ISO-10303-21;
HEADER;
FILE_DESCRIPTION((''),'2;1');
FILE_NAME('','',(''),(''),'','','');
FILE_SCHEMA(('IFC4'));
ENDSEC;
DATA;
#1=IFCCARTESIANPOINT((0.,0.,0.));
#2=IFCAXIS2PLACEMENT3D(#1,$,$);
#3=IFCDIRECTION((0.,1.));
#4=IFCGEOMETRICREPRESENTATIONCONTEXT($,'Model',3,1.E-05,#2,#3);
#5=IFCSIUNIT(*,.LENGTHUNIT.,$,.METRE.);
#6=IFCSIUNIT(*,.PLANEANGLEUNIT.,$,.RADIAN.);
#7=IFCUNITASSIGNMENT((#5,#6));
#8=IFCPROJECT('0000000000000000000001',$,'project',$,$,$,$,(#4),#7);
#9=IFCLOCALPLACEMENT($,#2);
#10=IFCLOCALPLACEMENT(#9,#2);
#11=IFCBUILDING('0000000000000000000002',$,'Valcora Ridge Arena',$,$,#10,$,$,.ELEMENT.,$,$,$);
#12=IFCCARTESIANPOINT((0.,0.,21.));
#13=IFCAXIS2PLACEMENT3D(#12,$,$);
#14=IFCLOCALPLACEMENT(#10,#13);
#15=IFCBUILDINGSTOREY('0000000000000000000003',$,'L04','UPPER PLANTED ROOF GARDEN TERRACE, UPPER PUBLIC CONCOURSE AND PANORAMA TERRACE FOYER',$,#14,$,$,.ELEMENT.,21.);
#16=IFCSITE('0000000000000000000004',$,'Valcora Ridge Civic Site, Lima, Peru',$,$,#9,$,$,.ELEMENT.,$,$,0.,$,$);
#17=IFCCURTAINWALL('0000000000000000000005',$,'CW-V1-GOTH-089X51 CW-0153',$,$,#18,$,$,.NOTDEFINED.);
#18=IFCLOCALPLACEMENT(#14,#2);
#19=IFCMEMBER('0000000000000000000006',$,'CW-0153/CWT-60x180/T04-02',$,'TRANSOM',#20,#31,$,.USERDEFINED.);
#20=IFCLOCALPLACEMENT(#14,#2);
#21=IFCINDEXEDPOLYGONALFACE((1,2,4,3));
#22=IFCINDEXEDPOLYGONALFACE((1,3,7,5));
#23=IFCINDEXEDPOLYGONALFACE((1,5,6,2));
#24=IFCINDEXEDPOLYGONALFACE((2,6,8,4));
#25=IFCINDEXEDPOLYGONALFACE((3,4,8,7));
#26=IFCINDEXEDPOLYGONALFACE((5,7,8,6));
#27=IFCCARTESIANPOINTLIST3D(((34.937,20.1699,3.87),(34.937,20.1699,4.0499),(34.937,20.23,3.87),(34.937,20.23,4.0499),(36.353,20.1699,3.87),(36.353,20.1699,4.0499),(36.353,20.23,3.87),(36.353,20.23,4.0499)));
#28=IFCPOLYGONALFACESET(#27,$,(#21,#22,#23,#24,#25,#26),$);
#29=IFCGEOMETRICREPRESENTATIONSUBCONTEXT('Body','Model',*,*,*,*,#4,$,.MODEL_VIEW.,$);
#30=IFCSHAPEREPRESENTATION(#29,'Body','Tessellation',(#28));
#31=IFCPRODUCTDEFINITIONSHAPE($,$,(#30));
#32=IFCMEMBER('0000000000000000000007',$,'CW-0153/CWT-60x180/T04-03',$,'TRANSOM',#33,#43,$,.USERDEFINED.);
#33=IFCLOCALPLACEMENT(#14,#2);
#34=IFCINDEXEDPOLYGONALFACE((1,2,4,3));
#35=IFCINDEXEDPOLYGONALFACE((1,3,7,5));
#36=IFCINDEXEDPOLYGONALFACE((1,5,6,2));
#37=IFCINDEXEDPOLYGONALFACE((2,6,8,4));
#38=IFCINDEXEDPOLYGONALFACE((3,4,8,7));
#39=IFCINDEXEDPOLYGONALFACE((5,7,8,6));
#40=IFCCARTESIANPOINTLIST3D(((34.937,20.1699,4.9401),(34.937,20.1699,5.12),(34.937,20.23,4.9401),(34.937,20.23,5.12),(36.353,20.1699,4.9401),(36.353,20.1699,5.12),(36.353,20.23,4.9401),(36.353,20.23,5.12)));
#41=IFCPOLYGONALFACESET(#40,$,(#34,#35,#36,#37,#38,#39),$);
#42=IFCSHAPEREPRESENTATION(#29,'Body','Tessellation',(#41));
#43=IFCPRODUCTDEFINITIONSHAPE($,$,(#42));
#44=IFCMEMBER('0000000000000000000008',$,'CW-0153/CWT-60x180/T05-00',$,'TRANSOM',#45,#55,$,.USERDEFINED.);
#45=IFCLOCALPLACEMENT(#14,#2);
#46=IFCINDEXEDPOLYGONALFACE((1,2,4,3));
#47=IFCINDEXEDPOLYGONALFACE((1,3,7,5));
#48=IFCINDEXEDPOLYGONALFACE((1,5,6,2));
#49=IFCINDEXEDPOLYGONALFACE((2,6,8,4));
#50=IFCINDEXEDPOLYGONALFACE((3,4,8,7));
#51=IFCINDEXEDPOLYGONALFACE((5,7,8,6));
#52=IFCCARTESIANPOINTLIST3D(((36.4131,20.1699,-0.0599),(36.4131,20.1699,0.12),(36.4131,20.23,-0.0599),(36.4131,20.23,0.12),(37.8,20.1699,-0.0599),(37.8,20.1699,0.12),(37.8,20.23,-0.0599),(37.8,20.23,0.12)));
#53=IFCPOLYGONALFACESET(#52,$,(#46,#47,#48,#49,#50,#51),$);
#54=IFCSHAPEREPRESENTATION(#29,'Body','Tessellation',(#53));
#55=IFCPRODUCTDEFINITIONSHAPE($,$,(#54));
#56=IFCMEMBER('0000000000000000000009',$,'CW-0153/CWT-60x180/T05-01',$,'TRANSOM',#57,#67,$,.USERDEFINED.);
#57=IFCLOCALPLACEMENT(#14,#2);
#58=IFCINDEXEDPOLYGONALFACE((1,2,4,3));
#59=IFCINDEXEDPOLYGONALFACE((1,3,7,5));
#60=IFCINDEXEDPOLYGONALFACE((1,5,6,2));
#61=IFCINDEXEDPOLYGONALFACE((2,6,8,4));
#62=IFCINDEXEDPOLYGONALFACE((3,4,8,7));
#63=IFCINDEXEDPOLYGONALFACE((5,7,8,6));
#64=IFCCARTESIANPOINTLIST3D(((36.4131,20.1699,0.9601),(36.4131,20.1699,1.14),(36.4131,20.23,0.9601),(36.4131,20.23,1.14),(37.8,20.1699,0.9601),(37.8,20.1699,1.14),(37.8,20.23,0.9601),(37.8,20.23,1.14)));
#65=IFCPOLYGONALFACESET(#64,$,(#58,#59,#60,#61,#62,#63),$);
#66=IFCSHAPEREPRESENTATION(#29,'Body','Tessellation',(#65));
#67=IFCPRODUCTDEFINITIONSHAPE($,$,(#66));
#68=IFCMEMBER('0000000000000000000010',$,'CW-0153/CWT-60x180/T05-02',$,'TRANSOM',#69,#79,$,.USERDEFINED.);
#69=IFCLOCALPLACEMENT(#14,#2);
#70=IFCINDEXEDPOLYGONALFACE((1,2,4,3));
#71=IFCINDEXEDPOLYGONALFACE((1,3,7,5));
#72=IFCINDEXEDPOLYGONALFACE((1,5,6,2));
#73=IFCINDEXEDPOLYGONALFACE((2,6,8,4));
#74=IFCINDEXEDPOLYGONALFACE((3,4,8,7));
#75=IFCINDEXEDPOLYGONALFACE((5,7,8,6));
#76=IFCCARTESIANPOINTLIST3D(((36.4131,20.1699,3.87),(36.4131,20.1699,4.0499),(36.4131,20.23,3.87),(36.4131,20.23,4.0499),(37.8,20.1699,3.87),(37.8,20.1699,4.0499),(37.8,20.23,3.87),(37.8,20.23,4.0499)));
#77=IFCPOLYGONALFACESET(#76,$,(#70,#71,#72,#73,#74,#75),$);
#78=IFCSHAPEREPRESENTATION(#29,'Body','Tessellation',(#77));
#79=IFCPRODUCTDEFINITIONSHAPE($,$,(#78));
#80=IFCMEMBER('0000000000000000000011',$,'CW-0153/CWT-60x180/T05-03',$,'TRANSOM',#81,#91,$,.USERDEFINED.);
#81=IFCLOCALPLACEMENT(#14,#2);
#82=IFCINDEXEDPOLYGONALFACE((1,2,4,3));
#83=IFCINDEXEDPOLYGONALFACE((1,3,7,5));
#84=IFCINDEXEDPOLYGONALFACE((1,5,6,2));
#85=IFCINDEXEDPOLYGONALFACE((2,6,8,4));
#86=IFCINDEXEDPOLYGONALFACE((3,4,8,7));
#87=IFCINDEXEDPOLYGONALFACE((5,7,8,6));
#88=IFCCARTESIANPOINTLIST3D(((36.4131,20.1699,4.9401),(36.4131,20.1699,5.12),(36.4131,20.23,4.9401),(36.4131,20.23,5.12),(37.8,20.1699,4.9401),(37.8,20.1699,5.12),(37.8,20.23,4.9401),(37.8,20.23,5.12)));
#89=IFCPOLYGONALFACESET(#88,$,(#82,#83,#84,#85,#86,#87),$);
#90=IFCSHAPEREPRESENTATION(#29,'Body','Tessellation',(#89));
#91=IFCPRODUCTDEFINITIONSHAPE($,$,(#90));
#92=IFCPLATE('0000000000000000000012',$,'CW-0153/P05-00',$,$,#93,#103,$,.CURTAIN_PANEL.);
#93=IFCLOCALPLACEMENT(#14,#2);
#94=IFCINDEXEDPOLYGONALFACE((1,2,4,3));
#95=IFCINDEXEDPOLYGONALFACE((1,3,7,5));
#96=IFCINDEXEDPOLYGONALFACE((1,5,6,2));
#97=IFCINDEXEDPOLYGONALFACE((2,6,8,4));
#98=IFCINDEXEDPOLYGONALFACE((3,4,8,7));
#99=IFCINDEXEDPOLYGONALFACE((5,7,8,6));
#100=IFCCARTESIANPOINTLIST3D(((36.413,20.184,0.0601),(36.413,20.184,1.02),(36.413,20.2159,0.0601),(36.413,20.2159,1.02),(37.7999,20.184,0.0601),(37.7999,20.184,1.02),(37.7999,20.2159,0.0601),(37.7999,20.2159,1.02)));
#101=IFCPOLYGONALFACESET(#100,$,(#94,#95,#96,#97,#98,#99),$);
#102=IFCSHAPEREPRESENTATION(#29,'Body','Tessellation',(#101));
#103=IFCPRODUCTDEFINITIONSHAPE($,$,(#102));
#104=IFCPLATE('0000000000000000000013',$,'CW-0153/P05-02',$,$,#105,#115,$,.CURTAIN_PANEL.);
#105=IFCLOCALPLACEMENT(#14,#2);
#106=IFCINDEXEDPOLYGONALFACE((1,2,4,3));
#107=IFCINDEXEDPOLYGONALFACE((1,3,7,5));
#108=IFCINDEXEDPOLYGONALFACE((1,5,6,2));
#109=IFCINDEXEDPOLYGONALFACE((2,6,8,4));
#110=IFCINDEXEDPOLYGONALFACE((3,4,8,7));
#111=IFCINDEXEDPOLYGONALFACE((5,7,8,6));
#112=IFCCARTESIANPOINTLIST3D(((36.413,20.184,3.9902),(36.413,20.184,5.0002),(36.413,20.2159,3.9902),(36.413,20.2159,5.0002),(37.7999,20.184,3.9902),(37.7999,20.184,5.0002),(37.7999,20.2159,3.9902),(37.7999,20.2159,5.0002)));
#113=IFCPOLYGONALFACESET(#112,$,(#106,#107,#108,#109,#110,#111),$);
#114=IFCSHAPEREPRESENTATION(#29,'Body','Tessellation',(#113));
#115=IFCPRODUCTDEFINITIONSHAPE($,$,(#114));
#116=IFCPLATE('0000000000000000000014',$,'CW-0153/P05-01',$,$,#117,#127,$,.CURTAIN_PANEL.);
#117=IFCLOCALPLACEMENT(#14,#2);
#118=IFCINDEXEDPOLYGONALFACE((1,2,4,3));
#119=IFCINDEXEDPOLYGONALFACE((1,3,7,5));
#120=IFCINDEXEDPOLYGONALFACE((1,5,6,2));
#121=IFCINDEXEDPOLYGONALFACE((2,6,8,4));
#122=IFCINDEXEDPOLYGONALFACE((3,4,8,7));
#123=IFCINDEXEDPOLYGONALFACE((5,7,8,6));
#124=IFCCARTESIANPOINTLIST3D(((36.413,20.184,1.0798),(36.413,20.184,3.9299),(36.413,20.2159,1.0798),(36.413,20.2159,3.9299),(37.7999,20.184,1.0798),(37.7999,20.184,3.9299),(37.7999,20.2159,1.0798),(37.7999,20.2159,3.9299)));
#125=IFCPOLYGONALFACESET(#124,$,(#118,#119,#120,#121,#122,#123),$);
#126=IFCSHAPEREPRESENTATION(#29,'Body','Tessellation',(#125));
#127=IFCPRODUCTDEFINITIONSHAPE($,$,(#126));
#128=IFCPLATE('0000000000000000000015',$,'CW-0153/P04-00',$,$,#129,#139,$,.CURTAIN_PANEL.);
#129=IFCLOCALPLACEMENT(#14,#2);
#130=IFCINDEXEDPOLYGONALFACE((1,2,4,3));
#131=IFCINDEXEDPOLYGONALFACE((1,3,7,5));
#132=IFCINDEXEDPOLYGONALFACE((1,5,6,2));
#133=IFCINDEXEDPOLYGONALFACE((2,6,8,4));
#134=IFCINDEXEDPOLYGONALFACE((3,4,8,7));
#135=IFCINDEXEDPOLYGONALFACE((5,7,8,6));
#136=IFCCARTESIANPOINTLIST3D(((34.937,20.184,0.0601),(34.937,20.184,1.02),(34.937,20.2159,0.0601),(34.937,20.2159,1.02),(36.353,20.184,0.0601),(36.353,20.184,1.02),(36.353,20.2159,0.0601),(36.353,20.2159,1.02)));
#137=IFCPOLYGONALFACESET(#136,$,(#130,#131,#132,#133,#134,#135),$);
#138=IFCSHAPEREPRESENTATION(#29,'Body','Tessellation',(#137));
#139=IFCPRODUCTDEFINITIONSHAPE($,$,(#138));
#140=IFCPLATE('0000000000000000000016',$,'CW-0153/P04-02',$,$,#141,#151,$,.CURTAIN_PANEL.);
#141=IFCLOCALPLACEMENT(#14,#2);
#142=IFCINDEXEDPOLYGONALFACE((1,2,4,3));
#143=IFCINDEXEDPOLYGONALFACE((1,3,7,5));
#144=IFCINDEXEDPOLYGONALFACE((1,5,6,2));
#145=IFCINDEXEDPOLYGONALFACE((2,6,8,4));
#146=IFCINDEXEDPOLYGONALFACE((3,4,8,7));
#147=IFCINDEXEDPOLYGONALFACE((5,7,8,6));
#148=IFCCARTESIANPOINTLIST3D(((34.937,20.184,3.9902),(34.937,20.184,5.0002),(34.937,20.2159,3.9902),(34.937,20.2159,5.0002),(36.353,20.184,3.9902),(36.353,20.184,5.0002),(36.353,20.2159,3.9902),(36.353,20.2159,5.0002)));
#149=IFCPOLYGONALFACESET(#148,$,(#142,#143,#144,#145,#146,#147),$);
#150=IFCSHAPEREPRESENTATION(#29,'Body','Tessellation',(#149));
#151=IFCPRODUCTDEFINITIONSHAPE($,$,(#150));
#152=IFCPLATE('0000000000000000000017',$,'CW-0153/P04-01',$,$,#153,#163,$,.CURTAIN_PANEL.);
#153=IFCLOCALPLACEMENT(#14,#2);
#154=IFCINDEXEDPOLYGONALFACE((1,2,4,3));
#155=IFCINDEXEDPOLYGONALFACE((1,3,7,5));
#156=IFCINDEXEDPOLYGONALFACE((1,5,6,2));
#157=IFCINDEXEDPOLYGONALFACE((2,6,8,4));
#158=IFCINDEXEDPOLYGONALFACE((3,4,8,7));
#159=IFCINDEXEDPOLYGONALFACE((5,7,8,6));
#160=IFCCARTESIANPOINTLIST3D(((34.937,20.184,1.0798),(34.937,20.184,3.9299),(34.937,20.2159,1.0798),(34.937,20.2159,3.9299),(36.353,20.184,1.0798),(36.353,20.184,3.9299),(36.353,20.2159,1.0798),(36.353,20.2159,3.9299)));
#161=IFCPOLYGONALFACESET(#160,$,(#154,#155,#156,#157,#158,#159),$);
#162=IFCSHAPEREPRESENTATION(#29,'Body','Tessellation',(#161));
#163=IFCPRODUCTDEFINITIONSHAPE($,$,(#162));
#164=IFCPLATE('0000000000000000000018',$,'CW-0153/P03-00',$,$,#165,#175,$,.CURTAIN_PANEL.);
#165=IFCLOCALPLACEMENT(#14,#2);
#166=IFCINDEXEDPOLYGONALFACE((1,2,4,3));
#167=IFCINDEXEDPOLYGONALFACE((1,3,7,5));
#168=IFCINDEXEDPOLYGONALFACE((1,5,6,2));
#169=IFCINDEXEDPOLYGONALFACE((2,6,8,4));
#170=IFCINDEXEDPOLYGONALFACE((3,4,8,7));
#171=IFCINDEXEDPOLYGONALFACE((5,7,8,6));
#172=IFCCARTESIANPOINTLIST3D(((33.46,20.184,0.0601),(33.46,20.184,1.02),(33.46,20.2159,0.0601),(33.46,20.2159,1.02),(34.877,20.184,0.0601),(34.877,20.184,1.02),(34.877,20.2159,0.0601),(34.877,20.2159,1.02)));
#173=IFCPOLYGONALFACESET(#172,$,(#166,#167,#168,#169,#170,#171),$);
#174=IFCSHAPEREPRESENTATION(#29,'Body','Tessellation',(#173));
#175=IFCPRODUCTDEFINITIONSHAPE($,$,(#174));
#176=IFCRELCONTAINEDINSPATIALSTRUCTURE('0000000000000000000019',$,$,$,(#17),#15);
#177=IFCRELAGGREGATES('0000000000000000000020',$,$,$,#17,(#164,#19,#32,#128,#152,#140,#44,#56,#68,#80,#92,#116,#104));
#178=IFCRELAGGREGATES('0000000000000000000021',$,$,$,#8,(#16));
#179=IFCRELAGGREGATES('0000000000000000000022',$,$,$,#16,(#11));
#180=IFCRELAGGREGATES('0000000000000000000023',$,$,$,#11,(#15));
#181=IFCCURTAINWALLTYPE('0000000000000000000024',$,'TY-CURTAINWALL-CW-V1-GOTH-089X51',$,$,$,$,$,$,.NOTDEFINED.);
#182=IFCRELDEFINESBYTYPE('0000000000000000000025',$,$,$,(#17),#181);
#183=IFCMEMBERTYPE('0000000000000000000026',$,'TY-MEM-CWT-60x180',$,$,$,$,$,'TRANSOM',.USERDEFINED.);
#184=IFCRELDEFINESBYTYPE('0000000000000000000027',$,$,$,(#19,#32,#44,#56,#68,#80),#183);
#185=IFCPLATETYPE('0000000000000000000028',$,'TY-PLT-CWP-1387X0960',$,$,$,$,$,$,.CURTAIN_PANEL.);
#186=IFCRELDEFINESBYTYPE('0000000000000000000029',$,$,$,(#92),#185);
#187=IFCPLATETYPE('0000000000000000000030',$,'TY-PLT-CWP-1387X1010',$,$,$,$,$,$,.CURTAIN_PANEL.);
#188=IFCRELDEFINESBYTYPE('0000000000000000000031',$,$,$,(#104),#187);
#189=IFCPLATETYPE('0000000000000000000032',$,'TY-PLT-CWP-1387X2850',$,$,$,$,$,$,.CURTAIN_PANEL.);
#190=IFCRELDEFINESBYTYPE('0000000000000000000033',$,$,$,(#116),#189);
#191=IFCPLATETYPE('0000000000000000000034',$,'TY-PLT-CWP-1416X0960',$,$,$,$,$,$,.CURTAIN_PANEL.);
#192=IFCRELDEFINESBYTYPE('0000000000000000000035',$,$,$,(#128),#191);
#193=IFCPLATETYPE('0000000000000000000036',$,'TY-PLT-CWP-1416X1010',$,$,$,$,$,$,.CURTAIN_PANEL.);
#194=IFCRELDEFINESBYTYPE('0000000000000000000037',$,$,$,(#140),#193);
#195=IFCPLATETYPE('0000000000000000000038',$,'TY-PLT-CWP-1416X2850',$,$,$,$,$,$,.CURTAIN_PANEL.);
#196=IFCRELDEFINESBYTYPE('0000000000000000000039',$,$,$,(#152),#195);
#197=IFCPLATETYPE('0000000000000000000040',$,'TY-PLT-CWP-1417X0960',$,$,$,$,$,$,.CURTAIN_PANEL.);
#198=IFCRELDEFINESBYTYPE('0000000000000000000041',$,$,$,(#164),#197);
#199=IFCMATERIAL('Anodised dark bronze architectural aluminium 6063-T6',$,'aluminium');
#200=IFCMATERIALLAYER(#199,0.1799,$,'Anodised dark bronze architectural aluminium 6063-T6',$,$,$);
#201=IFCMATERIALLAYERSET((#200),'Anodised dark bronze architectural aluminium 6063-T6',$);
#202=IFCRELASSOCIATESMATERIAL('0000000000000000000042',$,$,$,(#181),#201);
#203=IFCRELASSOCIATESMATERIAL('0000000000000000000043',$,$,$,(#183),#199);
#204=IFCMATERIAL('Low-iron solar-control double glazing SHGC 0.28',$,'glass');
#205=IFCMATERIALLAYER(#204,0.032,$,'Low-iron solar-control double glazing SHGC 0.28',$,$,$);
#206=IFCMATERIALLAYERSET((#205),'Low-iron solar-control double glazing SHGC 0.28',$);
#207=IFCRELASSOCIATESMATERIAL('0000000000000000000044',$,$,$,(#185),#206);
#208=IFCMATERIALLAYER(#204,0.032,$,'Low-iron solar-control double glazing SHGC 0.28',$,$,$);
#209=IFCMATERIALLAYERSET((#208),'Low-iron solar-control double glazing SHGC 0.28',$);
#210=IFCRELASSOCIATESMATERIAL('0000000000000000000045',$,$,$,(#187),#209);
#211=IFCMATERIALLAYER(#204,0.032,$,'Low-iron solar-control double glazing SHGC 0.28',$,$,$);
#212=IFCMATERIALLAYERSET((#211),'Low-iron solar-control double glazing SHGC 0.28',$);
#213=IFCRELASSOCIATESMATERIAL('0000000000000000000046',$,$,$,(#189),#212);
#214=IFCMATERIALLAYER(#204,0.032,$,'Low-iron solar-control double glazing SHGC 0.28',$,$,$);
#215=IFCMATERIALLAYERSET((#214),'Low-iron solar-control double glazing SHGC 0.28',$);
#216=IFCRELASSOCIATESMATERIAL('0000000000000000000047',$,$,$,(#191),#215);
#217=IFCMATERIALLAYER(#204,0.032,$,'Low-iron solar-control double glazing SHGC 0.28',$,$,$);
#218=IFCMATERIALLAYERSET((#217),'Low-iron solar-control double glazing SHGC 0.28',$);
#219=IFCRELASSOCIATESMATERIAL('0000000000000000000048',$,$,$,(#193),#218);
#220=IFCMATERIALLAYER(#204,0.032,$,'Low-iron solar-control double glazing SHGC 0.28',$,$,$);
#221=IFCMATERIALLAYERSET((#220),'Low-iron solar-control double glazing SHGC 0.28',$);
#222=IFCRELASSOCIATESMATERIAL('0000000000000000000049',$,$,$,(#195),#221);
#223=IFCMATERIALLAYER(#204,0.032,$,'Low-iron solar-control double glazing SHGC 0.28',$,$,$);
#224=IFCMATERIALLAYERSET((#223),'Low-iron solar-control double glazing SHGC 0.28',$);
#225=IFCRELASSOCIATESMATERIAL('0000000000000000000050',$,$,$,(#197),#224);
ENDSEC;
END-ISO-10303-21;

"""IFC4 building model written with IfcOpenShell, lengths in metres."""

from ifc_helpers import new_model, si_unit, direction, frame, origin, origin_2d, place, context, subcontext, project, spatial, rectangle, extrude, material, layer, layer_set, material_profile, profile_set, type_object, element, aggregate, save


model = new_model("IFC4")

# Units and contexts
model_context = context("Model", 3, precision=1e-05, world=origin(), true_north=direction((0.0, 1.0)))
body_context = subcontext(model_context, "Body", "Model", "MODEL_VIEW")
ifc_project = project(units=[si_unit("LENGTHUNIT", "METRE"), si_unit("PLANEANGLEUNIT", "RADIAN")], contexts=[model_context])

# Site, building, storey
site_placement = place(None, origin())
site = spatial("IfcSite", under=ifc_project, at=site_placement, Name="Valcora Ridge Civic Site, Lima, Peru", CompositionType="ELEMENT", RefElevation=0.0)
building_placement = place(site_placement, origin())
building = spatial("IfcBuilding", under=site, at=building_placement, Name="Valcora Ridge Arena", CompositionType="ELEMENT")
storey_placement = place(building_placement, frame((0.0, 0.0, 21.0)))
storey = spatial("IfcBuildingStorey", under=building, at=storey_placement, Name="L04", Description="UPPER PLANTED ROOF GARDEN TERRACE, UPPER PUBLIC CONCOURSE AND PANORAMA TERRACE FOYER", CompositionType="ELEMENT", Elevation=21.0)

# Curtain wall, members, plates
ifc_material_1 = material(Name="Anodised dark bronze architectural aluminium 6063-T6", Category="aluminium")
ifc_layer_1 = layer(ifc_material_1, 0.1799, Name="Anodised dark bronze architectural aluminium 6063-T6")
ifc_layer_set_1 = layer_set([ifc_layer_1], Name="Anodised dark bronze architectural aluminium 6063-T6")
curtain_wall_type = type_object("IfcCurtainWallType", Name="TY-CURTAINWALL-CW-V1-GOTH-089X51", PredefinedType="NOTDEFINED", material=ifc_layer_set_1)
curtain_wall_placement = place(storey_placement, origin())
curtain_wall = element("IfcCurtainWall", 1, at=curtain_wall_placement, inside=storey, type_object=curtain_wall_type, Name="CW-V1-GOTH-089X51 CW-0153", PredefinedType="NOTDEFINED")
ifc_material_profile_1 = material_profile(ifc_material_1, rectangle(XDim=0.0601, YDim=0.1799, at=origin_2d()), Name="ALU TRANSOM 60x180")
ifc_profile_set_1 = profile_set([ifc_material_profile_1], Name="Anodised dark bronze architectural aluminium 6063-T6")
member_type_1 = type_object("IfcMemberType", Name="TY-MEM-CWT-60x180", ElementType="TRANSOM", PredefinedType="USERDEFINED", material=ifc_profile_set_1)
member_1_placement = place(storey_placement, frame((34.937, 20.2, 3.96), z_axis=(1.0, 0.0, 0.0), x_axis=(0.0, 1.0, 0.0)))
member_1 = element("IfcMember", 2, at=member_1_placement, type_object=member_type_1, Name="CW-0153/CWT-60x180/T04-02", ObjectType="TRANSOM", PredefinedType="USERDEFINED", context=body_context, shape_type="SweptSolid", body=[
    extrude(rectangle(XDim=0.0601, YDim=0.1799, at=origin_2d()), origin(), (0.0, 0.0, 1.0), 1.416),
])
member_2_placement = place(storey_placement, frame((34.937, 20.2, 5.03), z_axis=(1.0, 0.0, 0.0), x_axis=(0.0, 1.0, 0.0)))
member_2 = element("IfcMember", 3, at=member_2_placement, type_object=member_type_1, Name="CW-0153/CWT-60x180/T04-03", ObjectType="TRANSOM", PredefinedType="USERDEFINED", context=body_context, shape_type="SweptSolid", body=[
    extrude(rectangle(XDim=0.0601, YDim=0.1799, at=origin_2d()), origin(), (0.0, 0.0, 1.0), 1.416),
])
member_3_placement = place(storey_placement, frame((36.4131, 20.2, 0.03), z_axis=(1.0, 0.0, 0.0), x_axis=(0.0, 1.0, 0.0)))
member_3 = element("IfcMember", 4, at=member_3_placement, type_object=member_type_1, Name="CW-0153/CWT-60x180/T05-00", ObjectType="TRANSOM", PredefinedType="USERDEFINED", context=body_context, shape_type="SweptSolid", body=[
    extrude(rectangle(XDim=0.0601, YDim=0.1799, at=origin_2d()), origin(), (0.0, 0.0, 1.0), 1.387),
])
member_4_placement = place(storey_placement, frame((36.4131, 20.2, 1.05), z_axis=(1.0, 0.0, 0.0), x_axis=(0.0, 1.0, 0.0)))
member_4 = element("IfcMember", 5, at=member_4_placement, type_object=member_type_1, Name="CW-0153/CWT-60x180/T05-01", ObjectType="TRANSOM", PredefinedType="USERDEFINED", context=body_context, shape_type="SweptSolid", body=[
    extrude(rectangle(XDim=0.0601, YDim=0.1799, at=origin_2d()), origin(), (0.0, 0.0, 1.0), 1.387),
])
member_5_placement = place(storey_placement, frame((36.4131, 20.2, 3.96), z_axis=(1.0, 0.0, 0.0), x_axis=(0.0, 1.0, 0.0)))
member_5 = element("IfcMember", 6, at=member_5_placement, type_object=member_type_1, Name="CW-0153/CWT-60x180/T05-02", ObjectType="TRANSOM", PredefinedType="USERDEFINED", context=body_context, shape_type="SweptSolid", body=[
    extrude(rectangle(XDim=0.0601, YDim=0.1799, at=origin_2d()), origin(), (0.0, 0.0, 1.0), 1.387),
])
member_6_placement = place(storey_placement, frame((36.4131, 20.2, 5.03), z_axis=(1.0, 0.0, 0.0), x_axis=(0.0, 1.0, 0.0)))
member_6 = element("IfcMember", 7, at=member_6_placement, type_object=member_type_1, Name="CW-0153/CWT-60x180/T05-03", ObjectType="TRANSOM", PredefinedType="USERDEFINED", context=body_context, shape_type="SweptSolid", body=[
    extrude(rectangle(XDim=0.0601, YDim=0.1799, at=origin_2d()), origin(), (0.0, 0.0, 1.0), 1.387),
])
ifc_material_2 = material(Name="Low-iron solar-control double glazing SHGC 0.28", Category="glass")
ifc_layer_2 = layer(ifc_material_2, 0.032, Name="Low-iron solar-control double glazing SHGC 0.28")
ifc_layer_set_2 = layer_set([ifc_layer_2], Name="Low-iron solar-control double glazing SHGC 0.28")
plate_type_1 = type_object("IfcPlateType", Name="TY-PLT-CWP-1387X0960", PredefinedType="CURTAIN_PANEL", material=ifc_layer_set_2)
plate_1_placement = place(storey_placement, frame((37.1064, 20.2, 0.0601), z_axis=(0.0, 0.0, 1.0), x_axis=(1.0, 0.0, 0.0)))
plate_1 = element("IfcPlate", 8, at=plate_1_placement, type_object=plate_type_1, Name="CW-0153/P05-00", PredefinedType="CURTAIN_PANEL", context=body_context, shape_type="SweptSolid", body=[
    extrude(rectangle(XDim=1.387, YDim=0.032, at=origin_2d()), origin(), (0.0, 0.0, 1.0), 0.96),
])
ifc_layer_3 = layer(ifc_material_2, 0.032, Name="Low-iron solar-control double glazing SHGC 0.28")
ifc_layer_set_3 = layer_set([ifc_layer_3], Name="Low-iron solar-control double glazing SHGC 0.28")
plate_type_2 = type_object("IfcPlateType", Name="TY-PLT-CWP-1387X1010", PredefinedType="CURTAIN_PANEL", material=ifc_layer_set_3)
plate_2_placement = place(storey_placement, frame((37.1064, 20.2, 3.9902), z_axis=(0.0, 0.0, 1.0), x_axis=(1.0, 0.0, 0.0)))
plate_2 = element("IfcPlate", 9, at=plate_2_placement, type_object=plate_type_2, Name="CW-0153/P05-02", PredefinedType="CURTAIN_PANEL", context=body_context, shape_type="SweptSolid", body=[
    extrude(rectangle(XDim=1.387, YDim=0.032, at=origin_2d()), origin(), (0.0, 0.0, 1.0), 1.01),
])
ifc_layer_4 = layer(ifc_material_2, 0.032, Name="Low-iron solar-control double glazing SHGC 0.28")
ifc_layer_set_4 = layer_set([ifc_layer_4], Name="Low-iron solar-control double glazing SHGC 0.28")
plate_type_3 = type_object("IfcPlateType", Name="TY-PLT-CWP-1387X2850", PredefinedType="CURTAIN_PANEL", material=ifc_layer_set_4)
plate_3_placement = place(storey_placement, frame((37.1064, 20.2, 1.0798), z_axis=(0.0, 0.0, 1.0), x_axis=(1.0, 0.0, 0.0)))
plate_3 = element("IfcPlate", 10, at=plate_3_placement, type_object=plate_type_3, Name="CW-0153/P05-01", PredefinedType="CURTAIN_PANEL", context=body_context, shape_type="SweptSolid", body=[
    extrude(rectangle(XDim=1.387, YDim=0.032, at=origin_2d()), origin(), (0.0, 0.0, 1.0), 2.8501),
])
ifc_layer_5 = layer(ifc_material_2, 0.032, Name="Low-iron solar-control double glazing SHGC 0.28")
ifc_layer_set_5 = layer_set([ifc_layer_5], Name="Low-iron solar-control double glazing SHGC 0.28")
plate_type_4 = type_object("IfcPlateType", Name="TY-PLT-CWP-1416X0960", PredefinedType="CURTAIN_PANEL", material=ifc_layer_set_5)
plate_4_placement = place(storey_placement, frame((35.645, 20.2, 0.0601), z_axis=(0.0, 0.0, 1.0), x_axis=(1.0, 0.0, 0.0)))
plate_4 = element("IfcPlate", 11, at=plate_4_placement, type_object=plate_type_4, Name="CW-0153/P04-00", PredefinedType="CURTAIN_PANEL", context=body_context, shape_type="SweptSolid", body=[
    extrude(rectangle(XDim=1.416, YDim=0.032, at=origin_2d()), origin(), (0.0, 0.0, 1.0), 0.96),
])
ifc_layer_6 = layer(ifc_material_2, 0.032, Name="Low-iron solar-control double glazing SHGC 0.28")
ifc_layer_set_6 = layer_set([ifc_layer_6], Name="Low-iron solar-control double glazing SHGC 0.28")
plate_type_5 = type_object("IfcPlateType", Name="TY-PLT-CWP-1416X1010", PredefinedType="CURTAIN_PANEL", material=ifc_layer_set_6)
plate_5_placement = place(storey_placement, frame((35.645, 20.2, 3.9902), z_axis=(0.0, 0.0, 1.0), x_axis=(1.0, 0.0, 0.0)))
plate_5 = element("IfcPlate", 12, at=plate_5_placement, type_object=plate_type_5, Name="CW-0153/P04-02", PredefinedType="CURTAIN_PANEL", context=body_context, shape_type="SweptSolid", body=[
    extrude(rectangle(XDim=1.416, YDim=0.032, at=origin_2d()), origin(), (0.0, 0.0, 1.0), 1.01),
])
ifc_layer_7 = layer(ifc_material_2, 0.032, Name="Low-iron solar-control double glazing SHGC 0.28")
ifc_layer_set_7 = layer_set([ifc_layer_7], Name="Low-iron solar-control double glazing SHGC 0.28")
plate_type_6 = type_object("IfcPlateType", Name="TY-PLT-CWP-1416X2850", PredefinedType="CURTAIN_PANEL", material=ifc_layer_set_7)
plate_6_placement = place(storey_placement, frame((35.645, 20.2, 1.0798), z_axis=(0.0, 0.0, 1.0), x_axis=(1.0, 0.0, 0.0)))
plate_6 = element("IfcPlate", 13, at=plate_6_placement, type_object=plate_type_6, Name="CW-0153/P04-01", PredefinedType="CURTAIN_PANEL", context=body_context, shape_type="SweptSolid", body=[
    extrude(rectangle(XDim=1.416, YDim=0.032, at=origin_2d()), origin(), (0.0, 0.0, 1.0), 2.8501),
])
ifc_layer_8 = layer(ifc_material_2, 0.032, Name="Low-iron solar-control double glazing SHGC 0.28")
ifc_layer_set_8 = layer_set([ifc_layer_8], Name="Low-iron solar-control double glazing SHGC 0.28")
plate_type_7 = type_object("IfcPlateType", Name="TY-PLT-CWP-1417X0960", PredefinedType="CURTAIN_PANEL", material=ifc_layer_set_8)
plate_7_placement = place(storey_placement, frame((34.1685, 20.2, 0.0601), z_axis=(0.0, 0.0, 1.0), x_axis=(1.0, 0.0, 0.0)))
plate_7 = element("IfcPlate", 14, at=plate_7_placement, type_object=plate_type_7, Name="CW-0153/P03-00", PredefinedType="CURTAIN_PANEL", context=body_context, shape_type="SweptSolid", body=[
    extrude(rectangle(XDim=1.417, YDim=0.032, at=origin_2d()), origin(), (0.0, 0.0, 1.0), 0.96),
])
aggregate(curtain_wall, [plate_7, member_1, member_2, plate_4, plate_6, plate_5, member_3, member_4, member_5, member_6, plate_1, plate_3, plate_2])

save(model, "model.ifc")
